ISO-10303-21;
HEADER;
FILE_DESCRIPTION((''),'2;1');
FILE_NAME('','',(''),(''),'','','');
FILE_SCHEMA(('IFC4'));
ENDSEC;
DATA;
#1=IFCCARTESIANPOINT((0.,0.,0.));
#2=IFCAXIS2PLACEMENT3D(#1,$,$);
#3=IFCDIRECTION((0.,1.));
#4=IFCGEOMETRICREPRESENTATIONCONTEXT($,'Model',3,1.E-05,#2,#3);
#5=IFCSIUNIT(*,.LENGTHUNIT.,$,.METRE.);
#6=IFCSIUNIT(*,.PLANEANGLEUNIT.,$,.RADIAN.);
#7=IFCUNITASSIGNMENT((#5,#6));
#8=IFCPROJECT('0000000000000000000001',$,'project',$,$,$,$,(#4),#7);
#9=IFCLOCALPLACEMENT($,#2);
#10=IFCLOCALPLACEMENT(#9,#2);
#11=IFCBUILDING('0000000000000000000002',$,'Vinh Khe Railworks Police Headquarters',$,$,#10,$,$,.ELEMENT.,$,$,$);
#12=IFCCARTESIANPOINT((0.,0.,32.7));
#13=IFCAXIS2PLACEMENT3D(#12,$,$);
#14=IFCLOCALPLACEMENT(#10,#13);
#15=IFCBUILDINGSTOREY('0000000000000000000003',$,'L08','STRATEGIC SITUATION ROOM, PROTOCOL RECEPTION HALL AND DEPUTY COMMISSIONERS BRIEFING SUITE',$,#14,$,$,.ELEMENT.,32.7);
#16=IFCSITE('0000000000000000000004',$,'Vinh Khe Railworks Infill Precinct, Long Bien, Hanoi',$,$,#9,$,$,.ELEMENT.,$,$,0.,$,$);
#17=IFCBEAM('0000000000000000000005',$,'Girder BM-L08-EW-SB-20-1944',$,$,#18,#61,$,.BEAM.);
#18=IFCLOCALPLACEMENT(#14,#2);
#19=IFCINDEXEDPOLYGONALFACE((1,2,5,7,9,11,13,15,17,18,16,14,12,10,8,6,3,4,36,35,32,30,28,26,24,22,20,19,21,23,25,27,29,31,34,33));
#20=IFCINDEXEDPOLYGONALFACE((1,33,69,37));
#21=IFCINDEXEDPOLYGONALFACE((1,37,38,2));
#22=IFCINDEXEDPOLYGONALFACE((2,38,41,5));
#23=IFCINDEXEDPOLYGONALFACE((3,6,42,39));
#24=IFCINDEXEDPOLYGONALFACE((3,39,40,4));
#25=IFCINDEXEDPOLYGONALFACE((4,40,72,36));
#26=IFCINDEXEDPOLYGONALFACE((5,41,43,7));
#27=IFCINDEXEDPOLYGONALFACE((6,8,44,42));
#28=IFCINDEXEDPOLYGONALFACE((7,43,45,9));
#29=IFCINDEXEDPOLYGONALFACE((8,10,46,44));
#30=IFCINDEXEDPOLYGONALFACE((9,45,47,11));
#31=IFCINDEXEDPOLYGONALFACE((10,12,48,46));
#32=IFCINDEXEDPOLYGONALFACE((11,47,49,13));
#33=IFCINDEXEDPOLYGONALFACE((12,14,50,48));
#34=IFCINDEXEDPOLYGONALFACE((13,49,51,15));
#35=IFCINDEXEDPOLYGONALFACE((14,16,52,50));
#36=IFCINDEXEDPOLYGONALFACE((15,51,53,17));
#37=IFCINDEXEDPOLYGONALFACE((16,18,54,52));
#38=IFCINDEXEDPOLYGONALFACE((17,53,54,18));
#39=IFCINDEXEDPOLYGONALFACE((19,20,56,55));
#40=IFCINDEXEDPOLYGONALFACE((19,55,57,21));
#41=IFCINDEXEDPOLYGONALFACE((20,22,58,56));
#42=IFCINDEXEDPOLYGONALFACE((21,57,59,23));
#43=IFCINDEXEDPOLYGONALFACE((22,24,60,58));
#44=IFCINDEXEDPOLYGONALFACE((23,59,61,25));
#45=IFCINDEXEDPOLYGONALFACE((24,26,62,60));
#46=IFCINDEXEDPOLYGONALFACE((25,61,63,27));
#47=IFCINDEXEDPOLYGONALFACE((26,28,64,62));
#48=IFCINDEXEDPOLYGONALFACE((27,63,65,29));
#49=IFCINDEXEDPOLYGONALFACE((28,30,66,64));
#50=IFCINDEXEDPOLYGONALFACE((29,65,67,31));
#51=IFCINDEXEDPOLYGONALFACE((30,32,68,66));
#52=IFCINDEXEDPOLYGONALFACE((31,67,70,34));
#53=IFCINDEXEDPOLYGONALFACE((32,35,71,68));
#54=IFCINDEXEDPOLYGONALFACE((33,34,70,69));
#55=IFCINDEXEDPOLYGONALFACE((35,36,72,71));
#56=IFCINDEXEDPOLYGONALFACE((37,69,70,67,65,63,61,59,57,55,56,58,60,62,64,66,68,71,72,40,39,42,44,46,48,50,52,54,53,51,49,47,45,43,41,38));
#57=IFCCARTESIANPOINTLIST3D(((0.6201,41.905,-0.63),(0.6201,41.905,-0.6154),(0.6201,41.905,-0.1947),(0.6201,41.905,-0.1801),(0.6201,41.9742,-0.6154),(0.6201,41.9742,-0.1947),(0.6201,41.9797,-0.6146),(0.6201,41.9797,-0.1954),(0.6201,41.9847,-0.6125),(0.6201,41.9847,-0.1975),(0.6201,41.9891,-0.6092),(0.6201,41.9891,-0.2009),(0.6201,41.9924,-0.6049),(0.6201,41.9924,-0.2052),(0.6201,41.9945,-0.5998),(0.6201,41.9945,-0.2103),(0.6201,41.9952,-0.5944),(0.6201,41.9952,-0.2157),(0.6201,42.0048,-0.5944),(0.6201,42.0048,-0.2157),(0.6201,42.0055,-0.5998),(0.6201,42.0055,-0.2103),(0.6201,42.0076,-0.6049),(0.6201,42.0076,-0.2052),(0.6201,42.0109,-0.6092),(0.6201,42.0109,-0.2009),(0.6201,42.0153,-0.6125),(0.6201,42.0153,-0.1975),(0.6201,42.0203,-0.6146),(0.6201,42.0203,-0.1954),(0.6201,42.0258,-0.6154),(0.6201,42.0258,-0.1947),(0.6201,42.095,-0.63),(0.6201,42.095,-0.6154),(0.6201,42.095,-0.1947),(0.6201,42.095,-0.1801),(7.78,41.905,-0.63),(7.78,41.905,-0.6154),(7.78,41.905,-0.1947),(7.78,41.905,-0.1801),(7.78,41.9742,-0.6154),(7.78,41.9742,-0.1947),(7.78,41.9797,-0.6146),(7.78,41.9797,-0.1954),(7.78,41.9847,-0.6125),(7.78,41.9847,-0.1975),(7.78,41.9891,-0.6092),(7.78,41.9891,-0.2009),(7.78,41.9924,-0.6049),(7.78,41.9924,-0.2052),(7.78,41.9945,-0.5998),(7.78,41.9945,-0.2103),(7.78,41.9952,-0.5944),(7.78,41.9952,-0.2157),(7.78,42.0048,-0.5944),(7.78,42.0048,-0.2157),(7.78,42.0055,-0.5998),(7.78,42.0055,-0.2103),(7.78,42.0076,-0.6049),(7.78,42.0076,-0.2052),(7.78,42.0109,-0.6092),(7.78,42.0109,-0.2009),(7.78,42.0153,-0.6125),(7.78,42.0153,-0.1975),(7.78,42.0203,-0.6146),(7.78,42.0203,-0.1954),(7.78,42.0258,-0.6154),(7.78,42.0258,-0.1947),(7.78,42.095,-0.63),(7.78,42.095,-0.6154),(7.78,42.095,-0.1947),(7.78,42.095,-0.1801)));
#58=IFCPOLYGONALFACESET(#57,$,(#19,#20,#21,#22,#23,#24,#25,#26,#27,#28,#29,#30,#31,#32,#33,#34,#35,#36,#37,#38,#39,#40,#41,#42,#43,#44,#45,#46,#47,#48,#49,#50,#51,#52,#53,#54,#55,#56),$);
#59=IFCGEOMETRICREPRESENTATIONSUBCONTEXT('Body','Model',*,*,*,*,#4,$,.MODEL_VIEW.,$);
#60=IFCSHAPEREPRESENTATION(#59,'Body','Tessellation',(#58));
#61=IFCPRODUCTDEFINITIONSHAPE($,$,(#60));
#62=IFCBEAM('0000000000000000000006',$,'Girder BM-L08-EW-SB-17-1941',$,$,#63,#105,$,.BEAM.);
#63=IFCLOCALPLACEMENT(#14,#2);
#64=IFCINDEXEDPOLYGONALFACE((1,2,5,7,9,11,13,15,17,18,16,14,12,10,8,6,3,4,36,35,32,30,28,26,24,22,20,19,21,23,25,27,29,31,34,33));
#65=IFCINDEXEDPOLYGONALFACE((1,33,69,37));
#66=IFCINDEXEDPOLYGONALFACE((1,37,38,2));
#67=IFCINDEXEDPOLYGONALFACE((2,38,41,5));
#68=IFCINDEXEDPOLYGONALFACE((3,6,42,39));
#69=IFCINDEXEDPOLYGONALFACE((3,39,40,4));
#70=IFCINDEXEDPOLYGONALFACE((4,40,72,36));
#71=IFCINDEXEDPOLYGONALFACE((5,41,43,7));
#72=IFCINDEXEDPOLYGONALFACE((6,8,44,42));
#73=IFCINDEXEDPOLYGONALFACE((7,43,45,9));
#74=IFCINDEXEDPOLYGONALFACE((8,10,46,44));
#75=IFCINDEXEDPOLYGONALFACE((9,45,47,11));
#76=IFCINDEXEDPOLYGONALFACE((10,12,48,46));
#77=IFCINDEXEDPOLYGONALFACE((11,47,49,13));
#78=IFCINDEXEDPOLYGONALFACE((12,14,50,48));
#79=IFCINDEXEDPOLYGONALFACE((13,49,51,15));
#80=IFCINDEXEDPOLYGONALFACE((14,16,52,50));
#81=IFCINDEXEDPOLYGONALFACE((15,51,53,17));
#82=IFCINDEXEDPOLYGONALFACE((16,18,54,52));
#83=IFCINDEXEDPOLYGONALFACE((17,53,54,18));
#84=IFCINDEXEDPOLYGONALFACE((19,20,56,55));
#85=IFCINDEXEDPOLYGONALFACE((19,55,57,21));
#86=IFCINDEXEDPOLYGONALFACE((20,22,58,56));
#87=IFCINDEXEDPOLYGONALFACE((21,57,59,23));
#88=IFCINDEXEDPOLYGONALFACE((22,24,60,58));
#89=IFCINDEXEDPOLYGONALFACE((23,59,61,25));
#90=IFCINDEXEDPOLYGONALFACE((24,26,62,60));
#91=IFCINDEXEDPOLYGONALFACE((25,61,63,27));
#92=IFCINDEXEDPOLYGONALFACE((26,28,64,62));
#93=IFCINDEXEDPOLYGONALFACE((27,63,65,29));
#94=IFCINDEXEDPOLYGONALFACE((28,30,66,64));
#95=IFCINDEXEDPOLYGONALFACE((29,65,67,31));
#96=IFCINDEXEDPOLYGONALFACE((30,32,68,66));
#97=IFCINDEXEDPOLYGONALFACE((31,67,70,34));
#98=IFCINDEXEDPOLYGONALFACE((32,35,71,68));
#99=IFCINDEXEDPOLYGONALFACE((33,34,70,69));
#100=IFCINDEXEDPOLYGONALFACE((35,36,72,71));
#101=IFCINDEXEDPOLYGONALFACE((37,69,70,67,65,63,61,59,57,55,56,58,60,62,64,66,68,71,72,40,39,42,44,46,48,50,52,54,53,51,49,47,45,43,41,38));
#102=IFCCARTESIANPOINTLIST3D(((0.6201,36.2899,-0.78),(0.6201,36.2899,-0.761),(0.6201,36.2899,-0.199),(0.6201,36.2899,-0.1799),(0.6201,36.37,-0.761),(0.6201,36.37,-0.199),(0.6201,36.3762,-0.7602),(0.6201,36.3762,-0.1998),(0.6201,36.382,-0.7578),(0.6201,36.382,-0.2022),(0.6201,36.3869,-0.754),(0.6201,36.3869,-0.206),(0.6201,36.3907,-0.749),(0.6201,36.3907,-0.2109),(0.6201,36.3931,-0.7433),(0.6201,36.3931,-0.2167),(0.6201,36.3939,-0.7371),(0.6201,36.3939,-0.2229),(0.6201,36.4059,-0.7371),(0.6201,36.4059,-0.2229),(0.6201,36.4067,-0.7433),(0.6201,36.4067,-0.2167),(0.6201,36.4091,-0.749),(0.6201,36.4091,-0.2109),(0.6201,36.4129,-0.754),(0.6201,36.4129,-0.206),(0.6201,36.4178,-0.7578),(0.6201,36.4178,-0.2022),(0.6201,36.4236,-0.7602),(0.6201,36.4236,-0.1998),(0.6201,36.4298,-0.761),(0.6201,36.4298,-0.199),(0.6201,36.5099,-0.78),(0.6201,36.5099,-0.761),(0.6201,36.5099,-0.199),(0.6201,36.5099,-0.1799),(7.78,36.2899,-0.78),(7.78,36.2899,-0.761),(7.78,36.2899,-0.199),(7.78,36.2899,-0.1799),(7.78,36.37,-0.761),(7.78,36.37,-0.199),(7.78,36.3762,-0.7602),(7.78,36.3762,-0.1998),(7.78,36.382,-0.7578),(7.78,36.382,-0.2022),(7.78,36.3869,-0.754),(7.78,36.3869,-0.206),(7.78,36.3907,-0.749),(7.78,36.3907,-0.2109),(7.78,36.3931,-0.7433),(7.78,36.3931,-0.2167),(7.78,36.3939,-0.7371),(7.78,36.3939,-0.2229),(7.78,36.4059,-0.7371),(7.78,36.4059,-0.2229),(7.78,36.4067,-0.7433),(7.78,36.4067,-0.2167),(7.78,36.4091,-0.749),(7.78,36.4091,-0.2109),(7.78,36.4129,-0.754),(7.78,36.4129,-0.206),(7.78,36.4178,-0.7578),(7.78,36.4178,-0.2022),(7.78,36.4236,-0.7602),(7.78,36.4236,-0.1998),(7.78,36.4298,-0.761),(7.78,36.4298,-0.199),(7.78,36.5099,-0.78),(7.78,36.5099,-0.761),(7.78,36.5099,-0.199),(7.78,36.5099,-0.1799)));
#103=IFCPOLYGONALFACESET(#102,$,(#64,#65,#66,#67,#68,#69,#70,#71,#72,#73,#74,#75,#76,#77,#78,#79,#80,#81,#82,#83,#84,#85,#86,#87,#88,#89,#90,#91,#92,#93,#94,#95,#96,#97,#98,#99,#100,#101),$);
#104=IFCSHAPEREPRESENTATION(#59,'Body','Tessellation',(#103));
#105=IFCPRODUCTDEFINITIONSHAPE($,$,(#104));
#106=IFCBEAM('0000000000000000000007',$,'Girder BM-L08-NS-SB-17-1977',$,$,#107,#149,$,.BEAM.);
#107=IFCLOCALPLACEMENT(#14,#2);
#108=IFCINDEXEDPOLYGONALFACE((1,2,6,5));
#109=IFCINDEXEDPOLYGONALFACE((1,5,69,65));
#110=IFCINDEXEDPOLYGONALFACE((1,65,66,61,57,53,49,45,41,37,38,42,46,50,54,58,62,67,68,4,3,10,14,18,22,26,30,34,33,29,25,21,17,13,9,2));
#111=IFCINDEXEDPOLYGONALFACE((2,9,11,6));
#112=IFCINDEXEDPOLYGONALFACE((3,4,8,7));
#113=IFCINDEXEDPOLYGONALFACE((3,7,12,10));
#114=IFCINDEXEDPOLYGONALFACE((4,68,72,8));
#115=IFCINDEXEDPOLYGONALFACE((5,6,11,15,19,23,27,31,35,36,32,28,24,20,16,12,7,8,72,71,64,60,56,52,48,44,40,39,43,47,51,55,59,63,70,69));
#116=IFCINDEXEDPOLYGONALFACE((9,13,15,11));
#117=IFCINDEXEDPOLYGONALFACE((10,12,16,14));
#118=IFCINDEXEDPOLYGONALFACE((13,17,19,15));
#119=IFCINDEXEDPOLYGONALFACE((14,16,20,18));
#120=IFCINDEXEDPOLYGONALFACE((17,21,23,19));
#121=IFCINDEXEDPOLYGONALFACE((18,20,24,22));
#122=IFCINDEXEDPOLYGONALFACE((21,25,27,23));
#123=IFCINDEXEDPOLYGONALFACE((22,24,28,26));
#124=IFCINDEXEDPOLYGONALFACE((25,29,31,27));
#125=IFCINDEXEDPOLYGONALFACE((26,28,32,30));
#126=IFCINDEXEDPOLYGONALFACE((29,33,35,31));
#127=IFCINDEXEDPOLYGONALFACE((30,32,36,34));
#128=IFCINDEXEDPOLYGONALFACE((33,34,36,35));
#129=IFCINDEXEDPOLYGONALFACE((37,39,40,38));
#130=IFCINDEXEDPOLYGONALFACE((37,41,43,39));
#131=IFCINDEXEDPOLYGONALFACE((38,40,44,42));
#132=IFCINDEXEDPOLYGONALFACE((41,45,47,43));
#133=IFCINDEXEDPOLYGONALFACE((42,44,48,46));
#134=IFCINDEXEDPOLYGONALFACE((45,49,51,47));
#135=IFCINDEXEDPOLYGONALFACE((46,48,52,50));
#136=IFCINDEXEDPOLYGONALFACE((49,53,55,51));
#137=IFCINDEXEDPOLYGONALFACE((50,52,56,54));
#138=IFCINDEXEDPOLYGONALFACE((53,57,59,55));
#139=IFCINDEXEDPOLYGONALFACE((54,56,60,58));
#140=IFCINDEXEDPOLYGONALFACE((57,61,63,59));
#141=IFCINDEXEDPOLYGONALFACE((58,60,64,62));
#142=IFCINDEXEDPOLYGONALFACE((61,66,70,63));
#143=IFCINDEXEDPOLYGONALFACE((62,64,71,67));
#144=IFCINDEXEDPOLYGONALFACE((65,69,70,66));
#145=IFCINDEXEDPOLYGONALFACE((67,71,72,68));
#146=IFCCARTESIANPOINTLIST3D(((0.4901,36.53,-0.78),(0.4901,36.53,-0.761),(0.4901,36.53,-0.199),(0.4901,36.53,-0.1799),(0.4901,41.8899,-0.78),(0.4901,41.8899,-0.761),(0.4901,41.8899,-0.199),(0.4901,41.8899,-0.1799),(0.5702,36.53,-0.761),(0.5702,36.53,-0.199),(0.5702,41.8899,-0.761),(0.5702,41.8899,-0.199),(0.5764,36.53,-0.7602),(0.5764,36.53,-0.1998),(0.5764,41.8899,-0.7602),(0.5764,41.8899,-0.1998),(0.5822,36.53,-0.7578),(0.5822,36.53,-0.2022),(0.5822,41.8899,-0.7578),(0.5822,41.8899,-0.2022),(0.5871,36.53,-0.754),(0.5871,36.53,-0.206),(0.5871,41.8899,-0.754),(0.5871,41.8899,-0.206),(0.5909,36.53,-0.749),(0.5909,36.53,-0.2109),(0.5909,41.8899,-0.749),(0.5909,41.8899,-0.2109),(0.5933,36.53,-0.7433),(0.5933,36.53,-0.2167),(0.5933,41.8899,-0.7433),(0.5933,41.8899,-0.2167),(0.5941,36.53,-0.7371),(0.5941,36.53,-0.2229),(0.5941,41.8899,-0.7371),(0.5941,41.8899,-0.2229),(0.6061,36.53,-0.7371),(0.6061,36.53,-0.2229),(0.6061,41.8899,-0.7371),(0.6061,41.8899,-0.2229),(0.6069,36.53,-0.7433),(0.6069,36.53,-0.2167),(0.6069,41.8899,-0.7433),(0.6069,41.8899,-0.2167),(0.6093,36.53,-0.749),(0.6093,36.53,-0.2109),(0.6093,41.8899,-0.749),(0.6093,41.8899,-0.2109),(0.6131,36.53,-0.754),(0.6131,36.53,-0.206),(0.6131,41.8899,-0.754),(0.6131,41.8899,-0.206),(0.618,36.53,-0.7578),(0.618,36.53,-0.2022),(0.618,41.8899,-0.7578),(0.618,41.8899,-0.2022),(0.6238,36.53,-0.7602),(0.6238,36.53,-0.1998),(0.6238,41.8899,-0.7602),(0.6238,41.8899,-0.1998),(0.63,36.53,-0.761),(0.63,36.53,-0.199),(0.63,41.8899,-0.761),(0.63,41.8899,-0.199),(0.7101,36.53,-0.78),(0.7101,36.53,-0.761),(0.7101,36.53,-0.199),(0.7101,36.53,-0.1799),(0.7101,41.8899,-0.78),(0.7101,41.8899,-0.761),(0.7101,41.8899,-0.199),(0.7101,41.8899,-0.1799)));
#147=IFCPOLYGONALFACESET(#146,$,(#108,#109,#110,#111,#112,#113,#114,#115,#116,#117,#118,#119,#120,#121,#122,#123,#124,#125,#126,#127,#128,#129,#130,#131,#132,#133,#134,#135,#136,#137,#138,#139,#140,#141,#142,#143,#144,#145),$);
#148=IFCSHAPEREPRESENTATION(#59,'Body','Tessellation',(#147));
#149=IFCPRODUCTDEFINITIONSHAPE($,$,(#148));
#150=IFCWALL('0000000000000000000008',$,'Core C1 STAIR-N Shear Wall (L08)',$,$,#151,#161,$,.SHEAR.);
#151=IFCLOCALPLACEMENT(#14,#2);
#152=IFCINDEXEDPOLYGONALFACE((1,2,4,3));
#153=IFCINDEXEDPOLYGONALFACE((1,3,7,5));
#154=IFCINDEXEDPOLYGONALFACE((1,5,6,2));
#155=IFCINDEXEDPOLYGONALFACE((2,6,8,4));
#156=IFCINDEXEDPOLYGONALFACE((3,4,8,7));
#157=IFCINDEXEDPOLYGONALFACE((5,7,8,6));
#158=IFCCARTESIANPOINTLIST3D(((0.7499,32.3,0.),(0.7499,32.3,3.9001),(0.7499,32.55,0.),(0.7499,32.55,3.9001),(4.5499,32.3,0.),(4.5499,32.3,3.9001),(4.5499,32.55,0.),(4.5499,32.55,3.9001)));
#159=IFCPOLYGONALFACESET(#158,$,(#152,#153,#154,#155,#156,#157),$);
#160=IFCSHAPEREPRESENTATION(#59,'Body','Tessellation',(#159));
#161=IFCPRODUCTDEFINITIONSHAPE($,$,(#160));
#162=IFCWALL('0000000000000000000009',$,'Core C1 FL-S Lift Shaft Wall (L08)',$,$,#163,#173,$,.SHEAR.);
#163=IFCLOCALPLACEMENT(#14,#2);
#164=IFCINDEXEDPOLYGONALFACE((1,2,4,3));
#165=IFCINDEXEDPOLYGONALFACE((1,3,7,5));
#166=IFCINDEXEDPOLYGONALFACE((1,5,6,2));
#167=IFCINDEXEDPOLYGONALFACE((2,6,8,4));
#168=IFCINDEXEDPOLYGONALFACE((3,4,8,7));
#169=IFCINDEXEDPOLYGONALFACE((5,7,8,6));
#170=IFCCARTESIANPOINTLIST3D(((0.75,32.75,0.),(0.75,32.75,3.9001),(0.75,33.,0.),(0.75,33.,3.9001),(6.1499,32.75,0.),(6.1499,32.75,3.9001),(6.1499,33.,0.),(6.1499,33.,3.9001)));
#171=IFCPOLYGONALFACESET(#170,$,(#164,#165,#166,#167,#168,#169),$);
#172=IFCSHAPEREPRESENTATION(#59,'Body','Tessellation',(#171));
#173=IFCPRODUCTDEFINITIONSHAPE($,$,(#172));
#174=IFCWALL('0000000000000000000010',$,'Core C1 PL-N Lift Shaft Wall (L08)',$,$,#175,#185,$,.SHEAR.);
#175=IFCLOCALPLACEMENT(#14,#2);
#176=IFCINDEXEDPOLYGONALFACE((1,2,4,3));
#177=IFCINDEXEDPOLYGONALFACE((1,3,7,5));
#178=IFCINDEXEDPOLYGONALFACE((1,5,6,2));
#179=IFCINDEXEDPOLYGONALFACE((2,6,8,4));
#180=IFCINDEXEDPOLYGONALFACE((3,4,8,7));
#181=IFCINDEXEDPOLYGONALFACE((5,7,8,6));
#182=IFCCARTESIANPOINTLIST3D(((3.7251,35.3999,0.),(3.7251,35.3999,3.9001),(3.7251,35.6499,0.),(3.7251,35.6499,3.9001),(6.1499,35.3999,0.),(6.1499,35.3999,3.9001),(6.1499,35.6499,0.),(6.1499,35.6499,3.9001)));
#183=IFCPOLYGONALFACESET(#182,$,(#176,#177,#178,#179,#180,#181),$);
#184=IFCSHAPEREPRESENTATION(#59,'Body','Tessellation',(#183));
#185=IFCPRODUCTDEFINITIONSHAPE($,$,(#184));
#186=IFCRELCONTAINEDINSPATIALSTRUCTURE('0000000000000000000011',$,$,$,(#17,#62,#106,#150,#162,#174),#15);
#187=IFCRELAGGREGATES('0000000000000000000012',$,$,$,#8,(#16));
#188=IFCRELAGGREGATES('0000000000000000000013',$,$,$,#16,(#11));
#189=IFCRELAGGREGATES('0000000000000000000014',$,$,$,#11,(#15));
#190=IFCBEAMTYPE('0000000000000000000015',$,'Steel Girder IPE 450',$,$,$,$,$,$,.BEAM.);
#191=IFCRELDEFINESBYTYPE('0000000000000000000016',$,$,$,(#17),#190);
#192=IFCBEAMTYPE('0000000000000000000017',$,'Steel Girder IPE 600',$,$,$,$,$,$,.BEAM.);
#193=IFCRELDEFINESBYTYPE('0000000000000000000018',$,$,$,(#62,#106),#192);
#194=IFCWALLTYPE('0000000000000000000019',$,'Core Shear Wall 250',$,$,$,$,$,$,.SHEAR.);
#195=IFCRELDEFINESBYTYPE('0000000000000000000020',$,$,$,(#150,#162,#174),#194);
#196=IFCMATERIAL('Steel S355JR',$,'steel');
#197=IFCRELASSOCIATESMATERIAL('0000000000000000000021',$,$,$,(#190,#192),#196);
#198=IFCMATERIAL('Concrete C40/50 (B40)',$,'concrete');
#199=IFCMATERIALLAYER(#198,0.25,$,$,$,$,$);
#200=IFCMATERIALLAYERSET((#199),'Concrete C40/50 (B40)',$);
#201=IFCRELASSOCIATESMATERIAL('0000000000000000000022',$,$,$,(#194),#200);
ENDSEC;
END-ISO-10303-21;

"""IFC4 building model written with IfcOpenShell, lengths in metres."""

from ifc_helpers import new_model, si_unit, direction, frame, frame_2d, origin, origin_2d, place, context, subcontext, project, spatial, rectangle, i_section, extrude, material, layer, layer_set, material_profile, profile_set, type_object, element, save


model = new_model("IFC4")

# Units and contexts
model_context = context("Model", 3, precision=1e-05, world=origin(), true_north=direction((0.0, 1.0)))
body_context = subcontext(model_context, "Body", "Model", "MODEL_VIEW")
ifc_project = project(units=[si_unit("LENGTHUNIT", "METRE"), si_unit("PLANEANGLEUNIT", "RADIAN")], contexts=[model_context])

# Site, building, storey
site_placement = place(None, origin())
site = spatial("IfcSite", under=ifc_project, at=site_placement, Name="Vinh Khe Railworks Infill Precinct, Long Bien, Hanoi", CompositionType="ELEMENT", RefElevation=0.0)
building_placement = place(site_placement, origin())
building = spatial("IfcBuilding", under=site, at=building_placement, Name="Vinh Khe Railworks Police Headquarters", CompositionType="ELEMENT")
storey_placement = place(building_placement, frame((0.0, 0.0, 32.7)))
storey = spatial("IfcBuildingStorey", under=building, at=storey_placement, Name="L08", Description="STRATEGIC SITUATION ROOM, PROTOCOL RECEPTION HALL AND DEPUTY COMMISSIONERS BRIEFING SUITE", CompositionType="ELEMENT", Elevation=32.7)

# Shared definitions
ifc_material_1 = material(Name="Steel S355JR", Category="steel")

# Beams
ifc_material_profile_1 = material_profile(ifc_material_1, i_section(OverallWidth=0.1899, OverallDepth=0.45, WebThickness=0.0095, FlangeThickness=0.0146, FilletRadius=0.021, at=origin_2d()), Name="IPE 450")
ifc_profile_set_1 = profile_set([ifc_material_profile_1], Name="Steel S355JR")
beam_type_1 = type_object("IfcBeamType", Name="Steel Girder IPE 450", PredefinedType="BEAM", material=ifc_profile_set_1)
beam_1_placement = place(storey_placement, frame((0.6201, 42.0, -0.405), z_axis=(1.0, 0.0, 0.0), x_axis=(0.0, 1.0, 0.0)))
element("IfcBeam", 1, at=beam_1_placement, inside=storey, type_object=beam_type_1, Name="Girder BM-L08-EW-SB-20-1944", PredefinedType="BEAM", context=body_context, shape_type="SweptSolid", body=[
    extrude(i_section(OverallWidth=0.1899, OverallDepth=0.45, WebThickness=0.0095, FlangeThickness=0.0146, FilletRadius=0.021, at=origin_2d()), origin(), (0.0, 0.0, 1.0), 7.1599),
])
ifc_material_profile_2 = material_profile(ifc_material_1, i_section(OverallWidth=0.22, OverallDepth=0.6001, WebThickness=0.012, FlangeThickness=0.019, FilletRadius=0.0239, at=origin_2d()), Name="IPE 600")
ifc_profile_set_2 = profile_set([ifc_material_profile_2], Name="Steel S355JR")
beam_type_2 = type_object("IfcBeamType", Name="Steel Girder IPE 600", PredefinedType="BEAM", material=ifc_profile_set_2)
beam_2_placement = place(storey_placement, frame((0.6201, 36.3999, -0.48), z_axis=(1.0, 0.0, 0.0), x_axis=(0.0, 1.0, 0.0)))
element("IfcBeam", 2, at=beam_2_placement, inside=storey, type_object=beam_type_2, Name="Girder BM-L08-EW-SB-17-1941", PredefinedType="BEAM", context=body_context, shape_type="SweptSolid", body=[
    extrude(i_section(OverallWidth=0.22, OverallDepth=0.6001, WebThickness=0.012, FlangeThickness=0.019, FilletRadius=0.0239, at=origin_2d()), origin(), (0.0, 0.0, 1.0), 7.1599),
])
beam_3_placement = place(storey_placement, frame((0.6001, 36.53, -0.48), z_axis=(0.0, 1.0, 0.0), x_axis=(-1.0, 0.0, 0.0)))
element("IfcBeam", 3, at=beam_3_placement, inside=storey, type_object=beam_type_2, Name="Girder BM-L08-NS-SB-17-1977", PredefinedType="BEAM", context=body_context, shape_type="SweptSolid", body=[
    extrude(i_section(OverallWidth=0.22, OverallDepth=0.6001, WebThickness=0.012, FlangeThickness=0.019, FilletRadius=0.0239, at=origin_2d()), origin(), (0.0, 0.0, 1.0), 5.3599),
])

# Walls
ifc_material_2 = material(Name="Concrete C40/50 (B40)", Category="concrete")
ifc_layer_1 = layer(ifc_material_2, 0.25)
ifc_layer_set_1 = layer_set([ifc_layer_1], Name="Concrete C40/50 (B40)")
wall_type_1 = type_object("IfcWallType", Name="Core Shear Wall 250", PredefinedType="SHEAR", material=ifc_layer_set_1)
wall_1_placement = place(storey_placement, frame((0.75, 32.425, 0.0), z_axis=(0.0, 0.0, 1.0), x_axis=(1.0, 0.0, 0.0)))
element("IfcWall", 4, at=wall_1_placement, inside=storey, type_object=wall_type_1, Name="Core C1 STAIR-N Shear Wall (L08)", PredefinedType="SHEAR", context=body_context, shape_type="SweptSolid", body=[
    extrude(rectangle(XDim=3.8, YDim=0.25, at=frame_2d((1.8999, 0.0))), origin(), (0.0, 0.0, 1.0), 3.9001),
])
wall_2_placement = place(storey_placement, frame((0.75, 32.875, 0.0), z_axis=(0.0, 0.0, 1.0), x_axis=(1.0, 0.0, 0.0)))
element("IfcWall", 5, at=wall_2_placement, inside=storey, type_object=wall_type_1, Name="Core C1 FL-S Lift Shaft Wall (L08)", PredefinedType="SHEAR", context=body_context, shape_type="SweptSolid", body=[
    extrude(rectangle(XDim=5.3999, YDim=0.25, at=frame_2d((2.7, 0.0))), origin(), (0.0, 0.0, 1.0), 3.9001),
])

# Wall
wall_3_placement = place(storey_placement, frame((3.7251, 35.5249, 0.0), z_axis=(0.0, 0.0, 1.0), x_axis=(1.0, 0.0, 0.0)))
element("IfcWall", 6, at=wall_3_placement, inside=storey, type_object=wall_type_1, Name="Core C1 PL-N Lift Shaft Wall (L08)", PredefinedType="SHEAR", context=body_context, shape_type="SweptSolid", body=[
    extrude(rectangle(XDim=2.4248, YDim=0.25, at=frame_2d((1.2124, 0.0))), origin(), (0.0, 0.0, 1.0), 3.9001),
])

save(model, "model.ifc")
